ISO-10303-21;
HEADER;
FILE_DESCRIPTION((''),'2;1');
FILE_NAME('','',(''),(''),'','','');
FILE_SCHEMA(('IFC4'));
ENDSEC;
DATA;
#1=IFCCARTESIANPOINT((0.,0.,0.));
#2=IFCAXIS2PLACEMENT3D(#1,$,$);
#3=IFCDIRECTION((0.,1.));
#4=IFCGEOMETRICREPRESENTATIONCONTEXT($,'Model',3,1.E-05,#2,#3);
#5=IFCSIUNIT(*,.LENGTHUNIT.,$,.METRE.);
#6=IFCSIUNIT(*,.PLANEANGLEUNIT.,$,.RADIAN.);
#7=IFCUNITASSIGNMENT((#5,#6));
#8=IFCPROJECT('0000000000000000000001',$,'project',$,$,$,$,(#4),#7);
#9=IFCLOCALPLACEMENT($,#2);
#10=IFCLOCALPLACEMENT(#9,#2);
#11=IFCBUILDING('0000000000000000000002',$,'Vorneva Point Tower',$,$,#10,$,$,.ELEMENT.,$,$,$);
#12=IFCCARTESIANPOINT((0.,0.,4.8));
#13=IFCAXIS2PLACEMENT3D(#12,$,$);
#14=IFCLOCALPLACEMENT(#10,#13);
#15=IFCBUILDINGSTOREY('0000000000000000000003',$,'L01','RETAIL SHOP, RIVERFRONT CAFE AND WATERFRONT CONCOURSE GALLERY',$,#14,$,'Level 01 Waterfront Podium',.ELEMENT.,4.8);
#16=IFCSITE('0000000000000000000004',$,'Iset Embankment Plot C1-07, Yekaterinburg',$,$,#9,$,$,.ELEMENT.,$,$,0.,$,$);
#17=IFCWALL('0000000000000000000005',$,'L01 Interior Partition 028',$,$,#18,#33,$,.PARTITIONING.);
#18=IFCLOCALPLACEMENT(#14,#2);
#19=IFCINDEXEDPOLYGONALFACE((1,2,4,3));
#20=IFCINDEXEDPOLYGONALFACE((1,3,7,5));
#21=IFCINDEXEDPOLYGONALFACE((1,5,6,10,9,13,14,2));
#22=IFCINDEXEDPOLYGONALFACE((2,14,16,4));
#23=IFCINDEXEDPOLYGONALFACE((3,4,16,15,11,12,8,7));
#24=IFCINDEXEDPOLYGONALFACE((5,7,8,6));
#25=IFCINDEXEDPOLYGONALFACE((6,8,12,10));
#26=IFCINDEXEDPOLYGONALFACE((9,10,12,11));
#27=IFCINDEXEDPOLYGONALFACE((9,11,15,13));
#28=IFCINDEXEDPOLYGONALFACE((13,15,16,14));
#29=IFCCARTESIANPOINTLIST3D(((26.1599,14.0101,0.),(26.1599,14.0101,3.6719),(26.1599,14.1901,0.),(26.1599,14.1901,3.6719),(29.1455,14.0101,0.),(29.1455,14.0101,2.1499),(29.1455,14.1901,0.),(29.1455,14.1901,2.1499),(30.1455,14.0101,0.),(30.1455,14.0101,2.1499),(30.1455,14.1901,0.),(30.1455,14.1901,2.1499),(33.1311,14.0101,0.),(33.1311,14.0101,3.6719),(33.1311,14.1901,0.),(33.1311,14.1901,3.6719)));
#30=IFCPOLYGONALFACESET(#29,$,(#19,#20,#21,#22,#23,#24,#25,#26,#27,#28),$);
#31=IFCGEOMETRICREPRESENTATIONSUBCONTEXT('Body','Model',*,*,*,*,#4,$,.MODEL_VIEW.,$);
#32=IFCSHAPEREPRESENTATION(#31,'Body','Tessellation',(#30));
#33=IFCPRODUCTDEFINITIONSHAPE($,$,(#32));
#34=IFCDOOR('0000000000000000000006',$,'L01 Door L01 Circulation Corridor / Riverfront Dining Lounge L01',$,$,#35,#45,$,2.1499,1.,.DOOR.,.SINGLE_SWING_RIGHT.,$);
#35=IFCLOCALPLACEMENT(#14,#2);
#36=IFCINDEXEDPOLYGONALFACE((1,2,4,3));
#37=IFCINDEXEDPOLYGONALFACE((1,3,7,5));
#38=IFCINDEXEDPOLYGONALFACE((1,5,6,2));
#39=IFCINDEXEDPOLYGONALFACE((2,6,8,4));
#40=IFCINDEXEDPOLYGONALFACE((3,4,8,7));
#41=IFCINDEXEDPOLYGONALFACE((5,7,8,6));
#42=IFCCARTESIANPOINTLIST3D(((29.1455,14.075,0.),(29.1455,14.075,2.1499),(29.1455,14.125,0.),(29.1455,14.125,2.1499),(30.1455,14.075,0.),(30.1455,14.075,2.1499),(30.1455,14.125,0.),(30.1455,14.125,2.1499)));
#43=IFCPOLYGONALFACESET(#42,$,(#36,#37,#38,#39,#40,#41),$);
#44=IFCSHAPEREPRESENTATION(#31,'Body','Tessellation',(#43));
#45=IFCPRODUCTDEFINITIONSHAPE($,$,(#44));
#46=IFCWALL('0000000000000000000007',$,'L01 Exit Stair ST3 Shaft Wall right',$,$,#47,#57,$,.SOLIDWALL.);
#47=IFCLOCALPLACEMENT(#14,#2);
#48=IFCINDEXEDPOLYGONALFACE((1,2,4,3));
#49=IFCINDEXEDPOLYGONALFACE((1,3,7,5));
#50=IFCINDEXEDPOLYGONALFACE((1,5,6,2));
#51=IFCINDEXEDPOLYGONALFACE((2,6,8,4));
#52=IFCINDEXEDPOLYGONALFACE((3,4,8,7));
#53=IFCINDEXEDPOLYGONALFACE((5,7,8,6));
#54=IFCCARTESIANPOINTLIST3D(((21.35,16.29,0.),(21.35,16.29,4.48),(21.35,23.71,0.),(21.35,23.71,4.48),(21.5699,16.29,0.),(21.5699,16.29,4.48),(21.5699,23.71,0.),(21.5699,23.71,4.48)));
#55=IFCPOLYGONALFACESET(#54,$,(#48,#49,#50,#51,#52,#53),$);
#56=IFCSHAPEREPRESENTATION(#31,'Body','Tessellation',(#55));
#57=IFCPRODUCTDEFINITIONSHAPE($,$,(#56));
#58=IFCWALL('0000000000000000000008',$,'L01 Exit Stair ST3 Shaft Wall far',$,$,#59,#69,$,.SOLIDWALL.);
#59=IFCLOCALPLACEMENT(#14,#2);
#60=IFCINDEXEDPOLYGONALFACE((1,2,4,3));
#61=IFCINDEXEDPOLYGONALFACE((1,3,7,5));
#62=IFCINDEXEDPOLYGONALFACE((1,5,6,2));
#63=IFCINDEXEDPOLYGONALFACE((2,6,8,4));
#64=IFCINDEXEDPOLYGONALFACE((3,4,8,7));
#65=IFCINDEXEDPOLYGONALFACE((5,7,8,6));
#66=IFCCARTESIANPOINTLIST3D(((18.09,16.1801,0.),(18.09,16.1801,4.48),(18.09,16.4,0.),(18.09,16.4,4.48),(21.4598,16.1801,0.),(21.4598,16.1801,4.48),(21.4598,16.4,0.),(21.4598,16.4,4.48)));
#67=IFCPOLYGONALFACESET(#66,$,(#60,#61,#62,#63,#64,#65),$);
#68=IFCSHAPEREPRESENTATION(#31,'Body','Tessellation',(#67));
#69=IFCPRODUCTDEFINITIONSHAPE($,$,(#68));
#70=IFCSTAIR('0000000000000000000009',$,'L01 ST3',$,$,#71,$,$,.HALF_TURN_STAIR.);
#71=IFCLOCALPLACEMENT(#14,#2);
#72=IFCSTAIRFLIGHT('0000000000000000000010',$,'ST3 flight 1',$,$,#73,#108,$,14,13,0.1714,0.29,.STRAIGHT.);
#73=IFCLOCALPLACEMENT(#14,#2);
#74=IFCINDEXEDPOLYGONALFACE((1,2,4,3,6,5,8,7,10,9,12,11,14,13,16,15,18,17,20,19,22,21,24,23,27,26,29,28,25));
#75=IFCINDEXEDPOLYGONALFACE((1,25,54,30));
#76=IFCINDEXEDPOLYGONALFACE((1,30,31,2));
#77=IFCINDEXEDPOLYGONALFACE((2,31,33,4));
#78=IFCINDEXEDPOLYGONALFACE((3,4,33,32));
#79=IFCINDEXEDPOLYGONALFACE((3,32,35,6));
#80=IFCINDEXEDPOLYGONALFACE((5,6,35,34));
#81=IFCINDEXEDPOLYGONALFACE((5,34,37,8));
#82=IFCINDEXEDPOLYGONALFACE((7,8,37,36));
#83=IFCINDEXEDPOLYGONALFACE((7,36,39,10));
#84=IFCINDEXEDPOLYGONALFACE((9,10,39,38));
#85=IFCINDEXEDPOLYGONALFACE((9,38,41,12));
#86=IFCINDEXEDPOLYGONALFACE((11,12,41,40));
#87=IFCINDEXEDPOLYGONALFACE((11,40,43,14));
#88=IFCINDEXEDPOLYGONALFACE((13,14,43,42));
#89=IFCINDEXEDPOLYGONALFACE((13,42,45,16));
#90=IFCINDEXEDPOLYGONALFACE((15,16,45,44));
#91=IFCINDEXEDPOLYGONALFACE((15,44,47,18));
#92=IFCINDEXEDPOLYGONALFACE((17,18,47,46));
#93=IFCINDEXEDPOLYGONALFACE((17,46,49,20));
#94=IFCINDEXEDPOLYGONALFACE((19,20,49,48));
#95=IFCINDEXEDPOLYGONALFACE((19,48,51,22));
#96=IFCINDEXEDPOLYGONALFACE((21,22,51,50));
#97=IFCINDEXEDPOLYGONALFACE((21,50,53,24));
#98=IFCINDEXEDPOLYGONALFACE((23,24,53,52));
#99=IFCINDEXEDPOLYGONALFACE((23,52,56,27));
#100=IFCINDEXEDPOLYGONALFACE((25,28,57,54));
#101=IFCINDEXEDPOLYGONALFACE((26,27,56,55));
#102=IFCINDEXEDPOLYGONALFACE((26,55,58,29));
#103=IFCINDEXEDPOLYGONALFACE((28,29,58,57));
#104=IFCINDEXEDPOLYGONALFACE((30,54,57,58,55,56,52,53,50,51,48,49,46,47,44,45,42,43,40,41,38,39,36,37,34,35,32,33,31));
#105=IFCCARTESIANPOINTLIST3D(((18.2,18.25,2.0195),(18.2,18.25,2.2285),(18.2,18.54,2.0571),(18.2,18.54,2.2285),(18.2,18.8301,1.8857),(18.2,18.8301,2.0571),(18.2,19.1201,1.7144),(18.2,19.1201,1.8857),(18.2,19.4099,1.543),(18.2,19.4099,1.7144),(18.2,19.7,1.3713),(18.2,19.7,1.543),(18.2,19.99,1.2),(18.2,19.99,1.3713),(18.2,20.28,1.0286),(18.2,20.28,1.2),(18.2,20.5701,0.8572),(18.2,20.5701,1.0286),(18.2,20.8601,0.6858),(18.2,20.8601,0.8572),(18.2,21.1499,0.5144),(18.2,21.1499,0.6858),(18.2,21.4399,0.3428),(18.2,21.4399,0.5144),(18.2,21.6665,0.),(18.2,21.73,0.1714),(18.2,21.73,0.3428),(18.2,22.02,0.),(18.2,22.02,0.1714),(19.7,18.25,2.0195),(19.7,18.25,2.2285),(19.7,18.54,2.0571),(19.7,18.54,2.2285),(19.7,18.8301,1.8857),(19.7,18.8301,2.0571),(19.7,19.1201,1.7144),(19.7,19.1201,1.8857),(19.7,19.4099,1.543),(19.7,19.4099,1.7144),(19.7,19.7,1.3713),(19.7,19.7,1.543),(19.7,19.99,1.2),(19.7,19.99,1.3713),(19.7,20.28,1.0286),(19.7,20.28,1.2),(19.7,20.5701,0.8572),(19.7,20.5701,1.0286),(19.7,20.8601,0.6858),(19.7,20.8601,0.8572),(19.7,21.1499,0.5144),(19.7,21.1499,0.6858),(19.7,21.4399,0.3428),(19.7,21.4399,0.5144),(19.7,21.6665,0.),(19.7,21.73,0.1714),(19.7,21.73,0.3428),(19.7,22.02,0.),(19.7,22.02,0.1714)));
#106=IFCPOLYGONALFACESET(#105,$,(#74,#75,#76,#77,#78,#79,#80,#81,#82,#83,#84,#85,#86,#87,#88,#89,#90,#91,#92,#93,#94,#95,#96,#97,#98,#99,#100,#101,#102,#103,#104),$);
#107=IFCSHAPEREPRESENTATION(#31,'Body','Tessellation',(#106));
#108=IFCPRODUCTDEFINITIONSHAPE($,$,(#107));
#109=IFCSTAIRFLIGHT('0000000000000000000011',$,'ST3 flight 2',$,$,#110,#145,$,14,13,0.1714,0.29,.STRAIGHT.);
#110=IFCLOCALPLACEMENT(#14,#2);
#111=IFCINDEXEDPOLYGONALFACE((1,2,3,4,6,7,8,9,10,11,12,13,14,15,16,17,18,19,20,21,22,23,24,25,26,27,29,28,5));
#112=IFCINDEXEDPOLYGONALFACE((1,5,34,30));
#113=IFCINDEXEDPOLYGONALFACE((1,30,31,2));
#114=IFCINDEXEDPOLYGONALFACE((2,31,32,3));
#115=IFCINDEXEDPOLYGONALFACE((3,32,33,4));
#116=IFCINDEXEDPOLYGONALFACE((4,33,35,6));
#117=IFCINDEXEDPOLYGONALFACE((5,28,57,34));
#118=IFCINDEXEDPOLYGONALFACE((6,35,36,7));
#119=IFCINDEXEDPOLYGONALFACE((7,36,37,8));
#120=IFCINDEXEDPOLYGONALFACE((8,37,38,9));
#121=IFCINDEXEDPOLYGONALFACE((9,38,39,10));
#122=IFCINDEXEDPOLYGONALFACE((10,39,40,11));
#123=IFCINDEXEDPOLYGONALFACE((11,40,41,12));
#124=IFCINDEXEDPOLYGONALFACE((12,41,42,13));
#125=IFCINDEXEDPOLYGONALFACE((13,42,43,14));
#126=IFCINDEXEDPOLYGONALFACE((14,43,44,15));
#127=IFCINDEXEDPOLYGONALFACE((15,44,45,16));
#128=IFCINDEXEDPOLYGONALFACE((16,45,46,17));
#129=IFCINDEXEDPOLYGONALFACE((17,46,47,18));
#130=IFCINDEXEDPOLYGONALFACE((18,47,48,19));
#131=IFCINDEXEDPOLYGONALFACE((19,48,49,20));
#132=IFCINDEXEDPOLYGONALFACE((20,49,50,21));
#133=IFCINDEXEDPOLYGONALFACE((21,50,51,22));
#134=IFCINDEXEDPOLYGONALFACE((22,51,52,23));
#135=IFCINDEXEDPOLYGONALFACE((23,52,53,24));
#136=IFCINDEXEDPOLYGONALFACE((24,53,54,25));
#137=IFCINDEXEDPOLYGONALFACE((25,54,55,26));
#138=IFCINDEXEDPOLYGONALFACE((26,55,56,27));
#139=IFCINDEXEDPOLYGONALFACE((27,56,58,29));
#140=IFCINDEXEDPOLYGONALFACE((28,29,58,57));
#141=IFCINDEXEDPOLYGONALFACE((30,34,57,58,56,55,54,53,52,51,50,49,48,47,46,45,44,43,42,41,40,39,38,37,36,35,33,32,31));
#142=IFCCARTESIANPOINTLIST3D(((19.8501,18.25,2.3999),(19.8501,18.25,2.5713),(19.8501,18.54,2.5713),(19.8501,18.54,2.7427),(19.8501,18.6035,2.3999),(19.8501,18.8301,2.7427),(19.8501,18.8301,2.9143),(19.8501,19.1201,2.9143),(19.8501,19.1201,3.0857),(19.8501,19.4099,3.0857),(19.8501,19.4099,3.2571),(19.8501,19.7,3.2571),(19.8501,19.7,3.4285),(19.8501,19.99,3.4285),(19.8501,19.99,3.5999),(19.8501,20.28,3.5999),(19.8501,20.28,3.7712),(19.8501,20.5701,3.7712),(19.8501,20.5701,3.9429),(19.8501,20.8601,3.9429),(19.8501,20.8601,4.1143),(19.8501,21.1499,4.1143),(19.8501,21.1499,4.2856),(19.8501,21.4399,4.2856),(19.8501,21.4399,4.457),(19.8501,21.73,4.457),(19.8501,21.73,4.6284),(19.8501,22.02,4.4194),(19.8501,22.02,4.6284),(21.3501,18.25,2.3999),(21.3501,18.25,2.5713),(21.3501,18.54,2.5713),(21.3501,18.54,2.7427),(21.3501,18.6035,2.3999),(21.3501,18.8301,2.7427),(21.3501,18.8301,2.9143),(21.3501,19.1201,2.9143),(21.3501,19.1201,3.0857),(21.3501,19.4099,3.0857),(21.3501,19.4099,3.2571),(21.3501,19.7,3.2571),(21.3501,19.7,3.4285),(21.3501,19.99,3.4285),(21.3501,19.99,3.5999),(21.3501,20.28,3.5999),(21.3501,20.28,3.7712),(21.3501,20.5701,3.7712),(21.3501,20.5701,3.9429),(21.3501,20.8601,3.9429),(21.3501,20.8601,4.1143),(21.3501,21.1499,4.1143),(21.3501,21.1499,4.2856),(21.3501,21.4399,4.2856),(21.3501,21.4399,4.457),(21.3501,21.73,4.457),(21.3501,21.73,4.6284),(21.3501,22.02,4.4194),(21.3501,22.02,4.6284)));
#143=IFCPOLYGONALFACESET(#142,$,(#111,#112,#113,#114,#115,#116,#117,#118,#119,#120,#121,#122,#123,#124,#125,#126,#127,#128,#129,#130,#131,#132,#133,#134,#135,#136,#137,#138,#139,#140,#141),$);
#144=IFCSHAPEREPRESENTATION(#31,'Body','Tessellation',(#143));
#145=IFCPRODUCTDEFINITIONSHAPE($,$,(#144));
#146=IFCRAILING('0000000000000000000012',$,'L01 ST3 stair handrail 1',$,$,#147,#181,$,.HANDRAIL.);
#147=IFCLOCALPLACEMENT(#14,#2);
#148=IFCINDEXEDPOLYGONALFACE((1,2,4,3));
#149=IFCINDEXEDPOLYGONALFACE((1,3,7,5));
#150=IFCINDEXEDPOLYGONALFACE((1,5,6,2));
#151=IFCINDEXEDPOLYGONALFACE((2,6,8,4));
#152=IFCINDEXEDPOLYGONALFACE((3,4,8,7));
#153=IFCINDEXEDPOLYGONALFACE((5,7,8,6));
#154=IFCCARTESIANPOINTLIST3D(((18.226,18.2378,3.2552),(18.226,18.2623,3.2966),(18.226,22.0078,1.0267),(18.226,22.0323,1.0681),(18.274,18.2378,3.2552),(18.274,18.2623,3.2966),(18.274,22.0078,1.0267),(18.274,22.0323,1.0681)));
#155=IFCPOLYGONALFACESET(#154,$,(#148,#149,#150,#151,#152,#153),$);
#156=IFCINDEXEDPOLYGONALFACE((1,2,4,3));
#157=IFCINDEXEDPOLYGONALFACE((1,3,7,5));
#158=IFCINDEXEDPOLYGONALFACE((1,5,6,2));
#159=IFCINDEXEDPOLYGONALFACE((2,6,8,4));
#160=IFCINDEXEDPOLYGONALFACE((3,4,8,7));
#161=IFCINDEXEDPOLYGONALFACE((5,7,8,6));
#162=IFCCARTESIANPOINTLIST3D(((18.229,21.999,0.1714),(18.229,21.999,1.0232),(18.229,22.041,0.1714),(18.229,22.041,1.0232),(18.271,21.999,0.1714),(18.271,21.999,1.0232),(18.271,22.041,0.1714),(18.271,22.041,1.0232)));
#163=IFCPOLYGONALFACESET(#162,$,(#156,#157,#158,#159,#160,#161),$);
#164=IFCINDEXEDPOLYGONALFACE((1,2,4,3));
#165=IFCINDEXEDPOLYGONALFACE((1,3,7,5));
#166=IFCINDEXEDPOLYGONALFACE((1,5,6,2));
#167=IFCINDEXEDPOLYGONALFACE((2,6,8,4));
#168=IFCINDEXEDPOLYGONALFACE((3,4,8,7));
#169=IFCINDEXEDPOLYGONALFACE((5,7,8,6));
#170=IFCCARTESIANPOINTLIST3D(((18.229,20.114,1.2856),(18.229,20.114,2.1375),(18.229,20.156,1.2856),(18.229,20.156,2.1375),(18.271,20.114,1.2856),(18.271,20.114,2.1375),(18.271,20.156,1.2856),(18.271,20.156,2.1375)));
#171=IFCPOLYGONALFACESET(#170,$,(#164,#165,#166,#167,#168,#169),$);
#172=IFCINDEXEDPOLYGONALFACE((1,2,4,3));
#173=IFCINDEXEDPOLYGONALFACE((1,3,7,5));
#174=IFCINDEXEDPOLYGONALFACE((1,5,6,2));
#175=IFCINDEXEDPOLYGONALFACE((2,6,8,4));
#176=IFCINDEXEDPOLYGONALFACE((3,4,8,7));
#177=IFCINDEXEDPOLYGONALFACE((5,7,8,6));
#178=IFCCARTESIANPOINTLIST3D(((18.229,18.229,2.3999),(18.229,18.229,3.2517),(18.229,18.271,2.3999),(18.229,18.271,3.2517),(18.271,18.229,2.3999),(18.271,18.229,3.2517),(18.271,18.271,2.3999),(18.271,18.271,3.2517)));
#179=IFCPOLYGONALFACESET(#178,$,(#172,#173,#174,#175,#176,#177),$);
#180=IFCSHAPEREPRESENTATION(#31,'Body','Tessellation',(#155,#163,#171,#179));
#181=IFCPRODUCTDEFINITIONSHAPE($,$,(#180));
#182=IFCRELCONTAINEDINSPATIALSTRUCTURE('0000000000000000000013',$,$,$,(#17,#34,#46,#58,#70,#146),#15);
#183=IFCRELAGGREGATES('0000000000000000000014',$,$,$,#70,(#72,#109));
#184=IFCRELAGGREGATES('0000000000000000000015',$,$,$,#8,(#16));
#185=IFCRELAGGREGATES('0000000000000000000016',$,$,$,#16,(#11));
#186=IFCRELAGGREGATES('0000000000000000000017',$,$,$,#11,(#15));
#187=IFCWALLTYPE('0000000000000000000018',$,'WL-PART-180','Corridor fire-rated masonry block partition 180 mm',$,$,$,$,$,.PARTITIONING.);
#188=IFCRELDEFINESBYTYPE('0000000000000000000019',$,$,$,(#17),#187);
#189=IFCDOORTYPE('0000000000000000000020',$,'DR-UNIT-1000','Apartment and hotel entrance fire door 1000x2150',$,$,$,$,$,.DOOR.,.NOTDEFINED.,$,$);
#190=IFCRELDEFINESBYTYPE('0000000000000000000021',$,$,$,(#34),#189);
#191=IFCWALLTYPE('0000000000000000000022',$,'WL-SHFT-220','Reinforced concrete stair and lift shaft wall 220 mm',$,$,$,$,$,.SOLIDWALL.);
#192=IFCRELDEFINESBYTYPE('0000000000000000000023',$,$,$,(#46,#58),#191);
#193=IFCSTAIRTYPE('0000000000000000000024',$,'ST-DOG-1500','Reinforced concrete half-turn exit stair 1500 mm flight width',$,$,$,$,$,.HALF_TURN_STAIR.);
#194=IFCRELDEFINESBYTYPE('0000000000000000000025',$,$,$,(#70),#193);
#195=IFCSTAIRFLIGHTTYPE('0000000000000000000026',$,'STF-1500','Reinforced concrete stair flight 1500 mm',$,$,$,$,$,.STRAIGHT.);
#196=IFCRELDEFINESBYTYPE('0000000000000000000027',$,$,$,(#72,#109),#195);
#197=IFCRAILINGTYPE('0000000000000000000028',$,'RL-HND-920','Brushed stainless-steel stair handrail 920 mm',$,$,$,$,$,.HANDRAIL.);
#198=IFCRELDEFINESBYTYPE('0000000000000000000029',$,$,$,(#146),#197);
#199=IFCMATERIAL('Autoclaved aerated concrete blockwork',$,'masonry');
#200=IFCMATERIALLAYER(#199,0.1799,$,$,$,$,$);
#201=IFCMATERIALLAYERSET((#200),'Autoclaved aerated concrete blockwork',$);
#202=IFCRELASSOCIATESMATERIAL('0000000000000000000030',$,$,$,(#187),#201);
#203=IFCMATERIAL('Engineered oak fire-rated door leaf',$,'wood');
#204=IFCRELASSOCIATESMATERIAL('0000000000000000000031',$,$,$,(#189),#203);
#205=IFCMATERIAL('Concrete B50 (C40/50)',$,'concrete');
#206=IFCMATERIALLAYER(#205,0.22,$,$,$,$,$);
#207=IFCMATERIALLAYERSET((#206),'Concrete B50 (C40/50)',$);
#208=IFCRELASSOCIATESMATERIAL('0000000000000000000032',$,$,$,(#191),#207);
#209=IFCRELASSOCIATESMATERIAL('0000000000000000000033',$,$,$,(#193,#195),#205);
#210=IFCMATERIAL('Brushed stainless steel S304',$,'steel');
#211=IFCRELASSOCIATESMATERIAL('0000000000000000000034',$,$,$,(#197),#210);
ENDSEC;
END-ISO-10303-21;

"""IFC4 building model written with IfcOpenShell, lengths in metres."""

from ifc_helpers import new_model, si_unit, direction, frame, frame_2d, origin, origin_2d, place, context, subcontext, project, spatial, polyline, rectangle, outline, extrude, material, layer, layer_set, type_object, element, fill, aggregate, save


model = new_model("IFC4")

# Units and contexts
model_context = context("Model", 3, precision=1e-05, world=origin(), true_north=direction((0.0, 1.0)))
body_context = subcontext(model_context, "Body", "Model", "MODEL_VIEW")
ifc_project = project(units=[si_unit("LENGTHUNIT", "METRE"), si_unit("PLANEANGLEUNIT", "RADIAN")], contexts=[model_context])

# Site, building, storey
site_placement = place(None, origin())
site = spatial("IfcSite", under=ifc_project, at=site_placement, Name="Iset Embankment Plot C1-07, Yekaterinburg", CompositionType="ELEMENT", RefElevation=0.0)
building_placement = place(site_placement, origin())
building = spatial("IfcBuilding", under=site, at=building_placement, Name="Vorneva Point Tower", CompositionType="ELEMENT")
storey_placement = place(building_placement, frame((0.0, 0.0, 4.8)))
storey = spatial("IfcBuildingStorey", under=building, at=storey_placement, Name="L01", Description="RETAIL SHOP, RIVERFRONT CAFE AND WATERFRONT CONCOURSE GALLERY", LongName="Level 01 Waterfront Podium", CompositionType="ELEMENT", Elevation=4.8)

# Shared definitions
ifc_material_1 = material(Name="Autoclaved aerated concrete blockwork", Category="masonry")
ifc_layer_1 = layer(ifc_material_1, 0.1799)
ifc_layer_set_1 = layer_set([ifc_layer_1], Name="Autoclaved aerated concrete blockwork")
wall_type_1 = type_object("IfcWallType", Name="WL-PART-180", Description="Corridor fire-rated masonry block partition 180 mm", PredefinedType="PARTITIONING", material=ifc_layer_set_1)

# Wall, opening, door
wall_1_placement = place(storey_placement, frame((26.1599, 14.1001, 0.0), z_axis=(0.0, 0.0, 1.0), x_axis=(1.0, 0.0, 0.0)))
wall_1 = element("IfcWall", 1, at=wall_1_placement, inside=storey, type_object=wall_type_1, Name="L01 Interior Partition 028", PredefinedType="PARTITIONING", context=body_context, shape_type="SweptSolid", body=[
    extrude(rectangle(XDim=6.9712, YDim=0.1799, at=frame_2d((3.4856, 0.0))), origin(), (0.0, 0.0, 1.0), 3.6719),
])
opening_1_placement = place(wall_1_placement, frame((2.9856, 0.0, 0.0)))
opening_1 = element("IfcOpeningElement", 2, at=opening_1_placement, cuts=wall_1, PredefinedType="OPENING", context=body_context, shape_type="SweptSolid", body=[
    extrude(rectangle(XDim=1.0, YDim=2.1499, at=frame_2d((0.5, 1.075))), frame((0.0, 0.105, 0.0), z_axis=(0.0, -1.0, 0.0), x_axis=(1.0, 0.0, 0.0)), (0.0, 0.0, 1.0), 0.2097),
])
ifc_material_2 = material(Name="Engineered oak fire-rated door leaf", Category="wood")
door_type_1 = type_object("IfcDoorType", Name="DR-UNIT-1000", Description="Apartment and hotel entrance fire door 1000x2150", OperationType="NOTDEFINED", PredefinedType="DOOR", material=ifc_material_2)
door_1_placement = place(opening_1_placement, origin())
door_1 = element("IfcDoor", 3, at=door_1_placement, inside=storey, type_object=door_type_1, Name="L01 Door L01 Circulation Corridor / Riverfront Dining Lounge L01", OperationType="SINGLE_SWING_RIGHT", OverallHeight=2.1499, OverallWidth=1.0, PredefinedType="DOOR", context=body_context, shape_type="SweptSolid", body=[
    extrude(rectangle(XDim=1.0, YDim=2.1499, at=frame_2d((0.5, 1.075))), frame((0.0, 0.0249, 0.0), z_axis=(0.0, -1.0, 0.0), x_axis=(1.0, 0.0, 0.0)), (0.0, 0.0, 1.0), 0.05),
])
fill(opening_1, door_1)
ifc_material_3 = material(Name="Concrete B50 (C40/50)", Category="concrete")
ifc_layer_2 = layer(ifc_material_3, 0.22)
ifc_layer_set_2 = layer_set([ifc_layer_2], Name="Concrete B50 (C40/50)")
wall_type_2 = type_object("IfcWallType", Name="WL-SHFT-220", Description="Reinforced concrete stair and lift shaft wall 220 mm", PredefinedType="SOLIDWALL", material=ifc_layer_set_2)

# Walls
wall_2_placement = place(storey_placement, frame((21.46, 23.71, 0.0), z_axis=(0.0, 0.0, 1.0), x_axis=(0.0, -1.0, 0.0)))
element("IfcWall", 4, at=wall_2_placement, inside=storey, type_object=wall_type_2, Name="L01 Exit Stair ST3 Shaft Wall right", PredefinedType="SOLIDWALL", context=body_context, shape_type="SweptSolid", body=[
    extrude(rectangle(XDim=7.4199, YDim=0.22, at=frame_2d((3.71, 0.0))), origin(), (0.0, 0.0, 1.0), 4.48),
])
wall_3_placement = place(storey_placement, frame((21.46, 16.29, 0.0), z_axis=(0.0, 0.0, 1.0), x_axis=(-1.0, 0.0, 0.0)))
element("IfcWall", 5, at=wall_3_placement, inside=storey, type_object=wall_type_2, Name="L01 Exit Stair ST3 Shaft Wall far", PredefinedType="SOLIDWALL", context=body_context, shape_type="SweptSolid", body=[
    extrude(rectangle(XDim=3.3699, YDim=0.22, at=frame_2d((1.6851, 0.0))), origin(), (0.0, 0.0, 1.0), 4.48),
])

# Stair, stair flights
stair_type = type_object("IfcStairType", Name="ST-DOG-1500", Description="Reinforced concrete half-turn exit stair 1500 mm flight width", PredefinedType="HALF_TURN_STAIR", material=ifc_material_3)
stair_placement = place(storey_placement, origin())
stair = element("IfcStair", 6, at=stair_placement, inside=storey, type_object=stair_type, Name="L01 ST3", PredefinedType="HALF_TURN_STAIR")
stair_flight_type = type_object("IfcStairFlightType", Name="STF-1500", Description="Reinforced concrete stair flight 1500 mm", PredefinedType="STRAIGHT", material=ifc_material_3)
stair_flight_1_placement = place(storey_placement, frame((18.95, 22.02, 0.0), z_axis=(0.0, 0.0, 1.0), x_axis=(0.0, -1.0, 0.0)))
stair_flight_1 = element("IfcStairFlight", 7, at=stair_flight_1_placement, type_object=stair_flight_type, Name="ST3 flight 1", NumberOfRisers=14, NumberOfTreads=13, PredefinedType="STRAIGHT", RiserHeight=0.1714, TreadLength=0.29, context=body_context, shape_type="SweptSolid", body=[
    extrude(outline(polyline([(0.0, 0.0), (0.0, 0.1714), (0.29, 0.1714), (0.29, 0.3428), (0.5801, 0.3428), (0.5801, 0.5144), (0.8701, 0.5144), (0.8701, 0.6858), (1.1599, 0.6858), (1.1599, 0.8572), (1.45, 0.8572), (1.45, 1.0286), (1.74, 1.0286), (1.74, 1.2), (2.03, 1.2), (2.03, 1.3713), (2.3201, 1.3713), (2.3201, 1.543), (2.6101, 1.543), (2.6101, 1.7144), (2.8999, 1.7144), (2.8999, 1.8857), (3.1899, 1.8857), (3.1899, 2.0571), (3.48, 2.0571), (3.48, 2.2285), (3.77, 2.2285), (3.77, 2.3999), (3.77, 2.0195), (0.3535, 0.0), (0.0, 0.0)])), frame((0.0, 0.75, 0.0), z_axis=(0.0, -1.0, 0.0), x_axis=(1.0, 0.0, 0.0)), (0.0, 0.0, 1.0), 1.5),
])
stair_flight_2_placement = place(storey_placement, frame((20.6001, 18.25, 2.3999), z_axis=(0.0, 0.0, 1.0), x_axis=(0.0, 1.0, 0.0)))
stair_flight_2 = element("IfcStairFlight", 8, at=stair_flight_2_placement, type_object=stair_flight_type, Name="ST3 flight 2", NumberOfRisers=14, NumberOfTreads=13, PredefinedType="STRAIGHT", RiserHeight=0.1714, TreadLength=0.29, context=body_context, shape_type="SweptSolid", body=[
    extrude(outline(polyline([(0.0, 0.0), (0.0, 0.1714), (0.29, 0.1714), (0.29, 0.3428), (0.5801, 0.3428), (0.5801, 0.5144), (0.8701, 0.5144), (0.8701, 0.6858), (1.1599, 0.6858), (1.1599, 0.8572), (1.45, 0.8572), (1.45, 1.0286), (1.74, 1.0286), (1.74, 1.2), (2.03, 1.2), (2.03, 1.3713), (2.3201, 1.3713), (2.3201, 1.543), (2.6101, 1.543), (2.6101, 1.7144), (2.8999, 1.7144), (2.8999, 1.8857), (3.1899, 1.8857), (3.1899, 2.0571), (3.48, 2.0571), (3.48, 2.2285), (3.77, 2.2285), (3.77, 2.3999), (3.77, 2.0195), (0.3535, 0.0), (0.0, 0.0)])), frame((0.0, 0.75, 0.0), z_axis=(0.0, -1.0, 0.0), x_axis=(1.0, 0.0, 0.0)), (0.0, 0.0, 1.0), 1.5),
])
aggregate(stair, [stair_flight_1, stair_flight_2])

# Railing
ifc_material_4 = material(Name="Brushed stainless steel S304", Category="steel")
railing_type_1 = type_object("IfcRailingType", Name="RL-HND-920", Description="Brushed stainless-steel stair handrail 920 mm", PredefinedType="HANDRAIL", material=ifc_material_4)
railing_1_placement = place(storey_placement, frame((18.25, 22.02, 0.1714)))
element("IfcRailing", 9, at=railing_1_placement, inside=storey, type_object=railing_type_1, Name="L01 ST3 stair handrail 1", PredefinedType="HANDRAIL", context=body_context, shape_type="SweptSolid", body=[
    extrude(rectangle(XDim=0.0481, YDim=0.0481, at=origin_2d()), frame((0.0, 0.0, 0.876), z_axis=(0.0, -0.860849, 0.508861), x_axis=(1.0, 0.0, 0.0)), (0.0, 0.0, 1.0), 4.3794),
    extrude(rectangle(XDim=0.042, YDim=0.042, at=origin_2d()), origin(), (0.0, 0.0, 1.0), 0.8518),
    extrude(rectangle(XDim=0.042, YDim=0.042, at=origin_2d()), frame((0.0, -1.885, 1.1143)), (0.0, 0.0, 1.0), 0.8518),
    extrude(rectangle(XDim=0.042, YDim=0.042, at=origin_2d()), frame((0.0, -3.77, 2.2285)), (0.0, 0.0, 1.0), 0.8518),
])

save(model, "model.ifc")
